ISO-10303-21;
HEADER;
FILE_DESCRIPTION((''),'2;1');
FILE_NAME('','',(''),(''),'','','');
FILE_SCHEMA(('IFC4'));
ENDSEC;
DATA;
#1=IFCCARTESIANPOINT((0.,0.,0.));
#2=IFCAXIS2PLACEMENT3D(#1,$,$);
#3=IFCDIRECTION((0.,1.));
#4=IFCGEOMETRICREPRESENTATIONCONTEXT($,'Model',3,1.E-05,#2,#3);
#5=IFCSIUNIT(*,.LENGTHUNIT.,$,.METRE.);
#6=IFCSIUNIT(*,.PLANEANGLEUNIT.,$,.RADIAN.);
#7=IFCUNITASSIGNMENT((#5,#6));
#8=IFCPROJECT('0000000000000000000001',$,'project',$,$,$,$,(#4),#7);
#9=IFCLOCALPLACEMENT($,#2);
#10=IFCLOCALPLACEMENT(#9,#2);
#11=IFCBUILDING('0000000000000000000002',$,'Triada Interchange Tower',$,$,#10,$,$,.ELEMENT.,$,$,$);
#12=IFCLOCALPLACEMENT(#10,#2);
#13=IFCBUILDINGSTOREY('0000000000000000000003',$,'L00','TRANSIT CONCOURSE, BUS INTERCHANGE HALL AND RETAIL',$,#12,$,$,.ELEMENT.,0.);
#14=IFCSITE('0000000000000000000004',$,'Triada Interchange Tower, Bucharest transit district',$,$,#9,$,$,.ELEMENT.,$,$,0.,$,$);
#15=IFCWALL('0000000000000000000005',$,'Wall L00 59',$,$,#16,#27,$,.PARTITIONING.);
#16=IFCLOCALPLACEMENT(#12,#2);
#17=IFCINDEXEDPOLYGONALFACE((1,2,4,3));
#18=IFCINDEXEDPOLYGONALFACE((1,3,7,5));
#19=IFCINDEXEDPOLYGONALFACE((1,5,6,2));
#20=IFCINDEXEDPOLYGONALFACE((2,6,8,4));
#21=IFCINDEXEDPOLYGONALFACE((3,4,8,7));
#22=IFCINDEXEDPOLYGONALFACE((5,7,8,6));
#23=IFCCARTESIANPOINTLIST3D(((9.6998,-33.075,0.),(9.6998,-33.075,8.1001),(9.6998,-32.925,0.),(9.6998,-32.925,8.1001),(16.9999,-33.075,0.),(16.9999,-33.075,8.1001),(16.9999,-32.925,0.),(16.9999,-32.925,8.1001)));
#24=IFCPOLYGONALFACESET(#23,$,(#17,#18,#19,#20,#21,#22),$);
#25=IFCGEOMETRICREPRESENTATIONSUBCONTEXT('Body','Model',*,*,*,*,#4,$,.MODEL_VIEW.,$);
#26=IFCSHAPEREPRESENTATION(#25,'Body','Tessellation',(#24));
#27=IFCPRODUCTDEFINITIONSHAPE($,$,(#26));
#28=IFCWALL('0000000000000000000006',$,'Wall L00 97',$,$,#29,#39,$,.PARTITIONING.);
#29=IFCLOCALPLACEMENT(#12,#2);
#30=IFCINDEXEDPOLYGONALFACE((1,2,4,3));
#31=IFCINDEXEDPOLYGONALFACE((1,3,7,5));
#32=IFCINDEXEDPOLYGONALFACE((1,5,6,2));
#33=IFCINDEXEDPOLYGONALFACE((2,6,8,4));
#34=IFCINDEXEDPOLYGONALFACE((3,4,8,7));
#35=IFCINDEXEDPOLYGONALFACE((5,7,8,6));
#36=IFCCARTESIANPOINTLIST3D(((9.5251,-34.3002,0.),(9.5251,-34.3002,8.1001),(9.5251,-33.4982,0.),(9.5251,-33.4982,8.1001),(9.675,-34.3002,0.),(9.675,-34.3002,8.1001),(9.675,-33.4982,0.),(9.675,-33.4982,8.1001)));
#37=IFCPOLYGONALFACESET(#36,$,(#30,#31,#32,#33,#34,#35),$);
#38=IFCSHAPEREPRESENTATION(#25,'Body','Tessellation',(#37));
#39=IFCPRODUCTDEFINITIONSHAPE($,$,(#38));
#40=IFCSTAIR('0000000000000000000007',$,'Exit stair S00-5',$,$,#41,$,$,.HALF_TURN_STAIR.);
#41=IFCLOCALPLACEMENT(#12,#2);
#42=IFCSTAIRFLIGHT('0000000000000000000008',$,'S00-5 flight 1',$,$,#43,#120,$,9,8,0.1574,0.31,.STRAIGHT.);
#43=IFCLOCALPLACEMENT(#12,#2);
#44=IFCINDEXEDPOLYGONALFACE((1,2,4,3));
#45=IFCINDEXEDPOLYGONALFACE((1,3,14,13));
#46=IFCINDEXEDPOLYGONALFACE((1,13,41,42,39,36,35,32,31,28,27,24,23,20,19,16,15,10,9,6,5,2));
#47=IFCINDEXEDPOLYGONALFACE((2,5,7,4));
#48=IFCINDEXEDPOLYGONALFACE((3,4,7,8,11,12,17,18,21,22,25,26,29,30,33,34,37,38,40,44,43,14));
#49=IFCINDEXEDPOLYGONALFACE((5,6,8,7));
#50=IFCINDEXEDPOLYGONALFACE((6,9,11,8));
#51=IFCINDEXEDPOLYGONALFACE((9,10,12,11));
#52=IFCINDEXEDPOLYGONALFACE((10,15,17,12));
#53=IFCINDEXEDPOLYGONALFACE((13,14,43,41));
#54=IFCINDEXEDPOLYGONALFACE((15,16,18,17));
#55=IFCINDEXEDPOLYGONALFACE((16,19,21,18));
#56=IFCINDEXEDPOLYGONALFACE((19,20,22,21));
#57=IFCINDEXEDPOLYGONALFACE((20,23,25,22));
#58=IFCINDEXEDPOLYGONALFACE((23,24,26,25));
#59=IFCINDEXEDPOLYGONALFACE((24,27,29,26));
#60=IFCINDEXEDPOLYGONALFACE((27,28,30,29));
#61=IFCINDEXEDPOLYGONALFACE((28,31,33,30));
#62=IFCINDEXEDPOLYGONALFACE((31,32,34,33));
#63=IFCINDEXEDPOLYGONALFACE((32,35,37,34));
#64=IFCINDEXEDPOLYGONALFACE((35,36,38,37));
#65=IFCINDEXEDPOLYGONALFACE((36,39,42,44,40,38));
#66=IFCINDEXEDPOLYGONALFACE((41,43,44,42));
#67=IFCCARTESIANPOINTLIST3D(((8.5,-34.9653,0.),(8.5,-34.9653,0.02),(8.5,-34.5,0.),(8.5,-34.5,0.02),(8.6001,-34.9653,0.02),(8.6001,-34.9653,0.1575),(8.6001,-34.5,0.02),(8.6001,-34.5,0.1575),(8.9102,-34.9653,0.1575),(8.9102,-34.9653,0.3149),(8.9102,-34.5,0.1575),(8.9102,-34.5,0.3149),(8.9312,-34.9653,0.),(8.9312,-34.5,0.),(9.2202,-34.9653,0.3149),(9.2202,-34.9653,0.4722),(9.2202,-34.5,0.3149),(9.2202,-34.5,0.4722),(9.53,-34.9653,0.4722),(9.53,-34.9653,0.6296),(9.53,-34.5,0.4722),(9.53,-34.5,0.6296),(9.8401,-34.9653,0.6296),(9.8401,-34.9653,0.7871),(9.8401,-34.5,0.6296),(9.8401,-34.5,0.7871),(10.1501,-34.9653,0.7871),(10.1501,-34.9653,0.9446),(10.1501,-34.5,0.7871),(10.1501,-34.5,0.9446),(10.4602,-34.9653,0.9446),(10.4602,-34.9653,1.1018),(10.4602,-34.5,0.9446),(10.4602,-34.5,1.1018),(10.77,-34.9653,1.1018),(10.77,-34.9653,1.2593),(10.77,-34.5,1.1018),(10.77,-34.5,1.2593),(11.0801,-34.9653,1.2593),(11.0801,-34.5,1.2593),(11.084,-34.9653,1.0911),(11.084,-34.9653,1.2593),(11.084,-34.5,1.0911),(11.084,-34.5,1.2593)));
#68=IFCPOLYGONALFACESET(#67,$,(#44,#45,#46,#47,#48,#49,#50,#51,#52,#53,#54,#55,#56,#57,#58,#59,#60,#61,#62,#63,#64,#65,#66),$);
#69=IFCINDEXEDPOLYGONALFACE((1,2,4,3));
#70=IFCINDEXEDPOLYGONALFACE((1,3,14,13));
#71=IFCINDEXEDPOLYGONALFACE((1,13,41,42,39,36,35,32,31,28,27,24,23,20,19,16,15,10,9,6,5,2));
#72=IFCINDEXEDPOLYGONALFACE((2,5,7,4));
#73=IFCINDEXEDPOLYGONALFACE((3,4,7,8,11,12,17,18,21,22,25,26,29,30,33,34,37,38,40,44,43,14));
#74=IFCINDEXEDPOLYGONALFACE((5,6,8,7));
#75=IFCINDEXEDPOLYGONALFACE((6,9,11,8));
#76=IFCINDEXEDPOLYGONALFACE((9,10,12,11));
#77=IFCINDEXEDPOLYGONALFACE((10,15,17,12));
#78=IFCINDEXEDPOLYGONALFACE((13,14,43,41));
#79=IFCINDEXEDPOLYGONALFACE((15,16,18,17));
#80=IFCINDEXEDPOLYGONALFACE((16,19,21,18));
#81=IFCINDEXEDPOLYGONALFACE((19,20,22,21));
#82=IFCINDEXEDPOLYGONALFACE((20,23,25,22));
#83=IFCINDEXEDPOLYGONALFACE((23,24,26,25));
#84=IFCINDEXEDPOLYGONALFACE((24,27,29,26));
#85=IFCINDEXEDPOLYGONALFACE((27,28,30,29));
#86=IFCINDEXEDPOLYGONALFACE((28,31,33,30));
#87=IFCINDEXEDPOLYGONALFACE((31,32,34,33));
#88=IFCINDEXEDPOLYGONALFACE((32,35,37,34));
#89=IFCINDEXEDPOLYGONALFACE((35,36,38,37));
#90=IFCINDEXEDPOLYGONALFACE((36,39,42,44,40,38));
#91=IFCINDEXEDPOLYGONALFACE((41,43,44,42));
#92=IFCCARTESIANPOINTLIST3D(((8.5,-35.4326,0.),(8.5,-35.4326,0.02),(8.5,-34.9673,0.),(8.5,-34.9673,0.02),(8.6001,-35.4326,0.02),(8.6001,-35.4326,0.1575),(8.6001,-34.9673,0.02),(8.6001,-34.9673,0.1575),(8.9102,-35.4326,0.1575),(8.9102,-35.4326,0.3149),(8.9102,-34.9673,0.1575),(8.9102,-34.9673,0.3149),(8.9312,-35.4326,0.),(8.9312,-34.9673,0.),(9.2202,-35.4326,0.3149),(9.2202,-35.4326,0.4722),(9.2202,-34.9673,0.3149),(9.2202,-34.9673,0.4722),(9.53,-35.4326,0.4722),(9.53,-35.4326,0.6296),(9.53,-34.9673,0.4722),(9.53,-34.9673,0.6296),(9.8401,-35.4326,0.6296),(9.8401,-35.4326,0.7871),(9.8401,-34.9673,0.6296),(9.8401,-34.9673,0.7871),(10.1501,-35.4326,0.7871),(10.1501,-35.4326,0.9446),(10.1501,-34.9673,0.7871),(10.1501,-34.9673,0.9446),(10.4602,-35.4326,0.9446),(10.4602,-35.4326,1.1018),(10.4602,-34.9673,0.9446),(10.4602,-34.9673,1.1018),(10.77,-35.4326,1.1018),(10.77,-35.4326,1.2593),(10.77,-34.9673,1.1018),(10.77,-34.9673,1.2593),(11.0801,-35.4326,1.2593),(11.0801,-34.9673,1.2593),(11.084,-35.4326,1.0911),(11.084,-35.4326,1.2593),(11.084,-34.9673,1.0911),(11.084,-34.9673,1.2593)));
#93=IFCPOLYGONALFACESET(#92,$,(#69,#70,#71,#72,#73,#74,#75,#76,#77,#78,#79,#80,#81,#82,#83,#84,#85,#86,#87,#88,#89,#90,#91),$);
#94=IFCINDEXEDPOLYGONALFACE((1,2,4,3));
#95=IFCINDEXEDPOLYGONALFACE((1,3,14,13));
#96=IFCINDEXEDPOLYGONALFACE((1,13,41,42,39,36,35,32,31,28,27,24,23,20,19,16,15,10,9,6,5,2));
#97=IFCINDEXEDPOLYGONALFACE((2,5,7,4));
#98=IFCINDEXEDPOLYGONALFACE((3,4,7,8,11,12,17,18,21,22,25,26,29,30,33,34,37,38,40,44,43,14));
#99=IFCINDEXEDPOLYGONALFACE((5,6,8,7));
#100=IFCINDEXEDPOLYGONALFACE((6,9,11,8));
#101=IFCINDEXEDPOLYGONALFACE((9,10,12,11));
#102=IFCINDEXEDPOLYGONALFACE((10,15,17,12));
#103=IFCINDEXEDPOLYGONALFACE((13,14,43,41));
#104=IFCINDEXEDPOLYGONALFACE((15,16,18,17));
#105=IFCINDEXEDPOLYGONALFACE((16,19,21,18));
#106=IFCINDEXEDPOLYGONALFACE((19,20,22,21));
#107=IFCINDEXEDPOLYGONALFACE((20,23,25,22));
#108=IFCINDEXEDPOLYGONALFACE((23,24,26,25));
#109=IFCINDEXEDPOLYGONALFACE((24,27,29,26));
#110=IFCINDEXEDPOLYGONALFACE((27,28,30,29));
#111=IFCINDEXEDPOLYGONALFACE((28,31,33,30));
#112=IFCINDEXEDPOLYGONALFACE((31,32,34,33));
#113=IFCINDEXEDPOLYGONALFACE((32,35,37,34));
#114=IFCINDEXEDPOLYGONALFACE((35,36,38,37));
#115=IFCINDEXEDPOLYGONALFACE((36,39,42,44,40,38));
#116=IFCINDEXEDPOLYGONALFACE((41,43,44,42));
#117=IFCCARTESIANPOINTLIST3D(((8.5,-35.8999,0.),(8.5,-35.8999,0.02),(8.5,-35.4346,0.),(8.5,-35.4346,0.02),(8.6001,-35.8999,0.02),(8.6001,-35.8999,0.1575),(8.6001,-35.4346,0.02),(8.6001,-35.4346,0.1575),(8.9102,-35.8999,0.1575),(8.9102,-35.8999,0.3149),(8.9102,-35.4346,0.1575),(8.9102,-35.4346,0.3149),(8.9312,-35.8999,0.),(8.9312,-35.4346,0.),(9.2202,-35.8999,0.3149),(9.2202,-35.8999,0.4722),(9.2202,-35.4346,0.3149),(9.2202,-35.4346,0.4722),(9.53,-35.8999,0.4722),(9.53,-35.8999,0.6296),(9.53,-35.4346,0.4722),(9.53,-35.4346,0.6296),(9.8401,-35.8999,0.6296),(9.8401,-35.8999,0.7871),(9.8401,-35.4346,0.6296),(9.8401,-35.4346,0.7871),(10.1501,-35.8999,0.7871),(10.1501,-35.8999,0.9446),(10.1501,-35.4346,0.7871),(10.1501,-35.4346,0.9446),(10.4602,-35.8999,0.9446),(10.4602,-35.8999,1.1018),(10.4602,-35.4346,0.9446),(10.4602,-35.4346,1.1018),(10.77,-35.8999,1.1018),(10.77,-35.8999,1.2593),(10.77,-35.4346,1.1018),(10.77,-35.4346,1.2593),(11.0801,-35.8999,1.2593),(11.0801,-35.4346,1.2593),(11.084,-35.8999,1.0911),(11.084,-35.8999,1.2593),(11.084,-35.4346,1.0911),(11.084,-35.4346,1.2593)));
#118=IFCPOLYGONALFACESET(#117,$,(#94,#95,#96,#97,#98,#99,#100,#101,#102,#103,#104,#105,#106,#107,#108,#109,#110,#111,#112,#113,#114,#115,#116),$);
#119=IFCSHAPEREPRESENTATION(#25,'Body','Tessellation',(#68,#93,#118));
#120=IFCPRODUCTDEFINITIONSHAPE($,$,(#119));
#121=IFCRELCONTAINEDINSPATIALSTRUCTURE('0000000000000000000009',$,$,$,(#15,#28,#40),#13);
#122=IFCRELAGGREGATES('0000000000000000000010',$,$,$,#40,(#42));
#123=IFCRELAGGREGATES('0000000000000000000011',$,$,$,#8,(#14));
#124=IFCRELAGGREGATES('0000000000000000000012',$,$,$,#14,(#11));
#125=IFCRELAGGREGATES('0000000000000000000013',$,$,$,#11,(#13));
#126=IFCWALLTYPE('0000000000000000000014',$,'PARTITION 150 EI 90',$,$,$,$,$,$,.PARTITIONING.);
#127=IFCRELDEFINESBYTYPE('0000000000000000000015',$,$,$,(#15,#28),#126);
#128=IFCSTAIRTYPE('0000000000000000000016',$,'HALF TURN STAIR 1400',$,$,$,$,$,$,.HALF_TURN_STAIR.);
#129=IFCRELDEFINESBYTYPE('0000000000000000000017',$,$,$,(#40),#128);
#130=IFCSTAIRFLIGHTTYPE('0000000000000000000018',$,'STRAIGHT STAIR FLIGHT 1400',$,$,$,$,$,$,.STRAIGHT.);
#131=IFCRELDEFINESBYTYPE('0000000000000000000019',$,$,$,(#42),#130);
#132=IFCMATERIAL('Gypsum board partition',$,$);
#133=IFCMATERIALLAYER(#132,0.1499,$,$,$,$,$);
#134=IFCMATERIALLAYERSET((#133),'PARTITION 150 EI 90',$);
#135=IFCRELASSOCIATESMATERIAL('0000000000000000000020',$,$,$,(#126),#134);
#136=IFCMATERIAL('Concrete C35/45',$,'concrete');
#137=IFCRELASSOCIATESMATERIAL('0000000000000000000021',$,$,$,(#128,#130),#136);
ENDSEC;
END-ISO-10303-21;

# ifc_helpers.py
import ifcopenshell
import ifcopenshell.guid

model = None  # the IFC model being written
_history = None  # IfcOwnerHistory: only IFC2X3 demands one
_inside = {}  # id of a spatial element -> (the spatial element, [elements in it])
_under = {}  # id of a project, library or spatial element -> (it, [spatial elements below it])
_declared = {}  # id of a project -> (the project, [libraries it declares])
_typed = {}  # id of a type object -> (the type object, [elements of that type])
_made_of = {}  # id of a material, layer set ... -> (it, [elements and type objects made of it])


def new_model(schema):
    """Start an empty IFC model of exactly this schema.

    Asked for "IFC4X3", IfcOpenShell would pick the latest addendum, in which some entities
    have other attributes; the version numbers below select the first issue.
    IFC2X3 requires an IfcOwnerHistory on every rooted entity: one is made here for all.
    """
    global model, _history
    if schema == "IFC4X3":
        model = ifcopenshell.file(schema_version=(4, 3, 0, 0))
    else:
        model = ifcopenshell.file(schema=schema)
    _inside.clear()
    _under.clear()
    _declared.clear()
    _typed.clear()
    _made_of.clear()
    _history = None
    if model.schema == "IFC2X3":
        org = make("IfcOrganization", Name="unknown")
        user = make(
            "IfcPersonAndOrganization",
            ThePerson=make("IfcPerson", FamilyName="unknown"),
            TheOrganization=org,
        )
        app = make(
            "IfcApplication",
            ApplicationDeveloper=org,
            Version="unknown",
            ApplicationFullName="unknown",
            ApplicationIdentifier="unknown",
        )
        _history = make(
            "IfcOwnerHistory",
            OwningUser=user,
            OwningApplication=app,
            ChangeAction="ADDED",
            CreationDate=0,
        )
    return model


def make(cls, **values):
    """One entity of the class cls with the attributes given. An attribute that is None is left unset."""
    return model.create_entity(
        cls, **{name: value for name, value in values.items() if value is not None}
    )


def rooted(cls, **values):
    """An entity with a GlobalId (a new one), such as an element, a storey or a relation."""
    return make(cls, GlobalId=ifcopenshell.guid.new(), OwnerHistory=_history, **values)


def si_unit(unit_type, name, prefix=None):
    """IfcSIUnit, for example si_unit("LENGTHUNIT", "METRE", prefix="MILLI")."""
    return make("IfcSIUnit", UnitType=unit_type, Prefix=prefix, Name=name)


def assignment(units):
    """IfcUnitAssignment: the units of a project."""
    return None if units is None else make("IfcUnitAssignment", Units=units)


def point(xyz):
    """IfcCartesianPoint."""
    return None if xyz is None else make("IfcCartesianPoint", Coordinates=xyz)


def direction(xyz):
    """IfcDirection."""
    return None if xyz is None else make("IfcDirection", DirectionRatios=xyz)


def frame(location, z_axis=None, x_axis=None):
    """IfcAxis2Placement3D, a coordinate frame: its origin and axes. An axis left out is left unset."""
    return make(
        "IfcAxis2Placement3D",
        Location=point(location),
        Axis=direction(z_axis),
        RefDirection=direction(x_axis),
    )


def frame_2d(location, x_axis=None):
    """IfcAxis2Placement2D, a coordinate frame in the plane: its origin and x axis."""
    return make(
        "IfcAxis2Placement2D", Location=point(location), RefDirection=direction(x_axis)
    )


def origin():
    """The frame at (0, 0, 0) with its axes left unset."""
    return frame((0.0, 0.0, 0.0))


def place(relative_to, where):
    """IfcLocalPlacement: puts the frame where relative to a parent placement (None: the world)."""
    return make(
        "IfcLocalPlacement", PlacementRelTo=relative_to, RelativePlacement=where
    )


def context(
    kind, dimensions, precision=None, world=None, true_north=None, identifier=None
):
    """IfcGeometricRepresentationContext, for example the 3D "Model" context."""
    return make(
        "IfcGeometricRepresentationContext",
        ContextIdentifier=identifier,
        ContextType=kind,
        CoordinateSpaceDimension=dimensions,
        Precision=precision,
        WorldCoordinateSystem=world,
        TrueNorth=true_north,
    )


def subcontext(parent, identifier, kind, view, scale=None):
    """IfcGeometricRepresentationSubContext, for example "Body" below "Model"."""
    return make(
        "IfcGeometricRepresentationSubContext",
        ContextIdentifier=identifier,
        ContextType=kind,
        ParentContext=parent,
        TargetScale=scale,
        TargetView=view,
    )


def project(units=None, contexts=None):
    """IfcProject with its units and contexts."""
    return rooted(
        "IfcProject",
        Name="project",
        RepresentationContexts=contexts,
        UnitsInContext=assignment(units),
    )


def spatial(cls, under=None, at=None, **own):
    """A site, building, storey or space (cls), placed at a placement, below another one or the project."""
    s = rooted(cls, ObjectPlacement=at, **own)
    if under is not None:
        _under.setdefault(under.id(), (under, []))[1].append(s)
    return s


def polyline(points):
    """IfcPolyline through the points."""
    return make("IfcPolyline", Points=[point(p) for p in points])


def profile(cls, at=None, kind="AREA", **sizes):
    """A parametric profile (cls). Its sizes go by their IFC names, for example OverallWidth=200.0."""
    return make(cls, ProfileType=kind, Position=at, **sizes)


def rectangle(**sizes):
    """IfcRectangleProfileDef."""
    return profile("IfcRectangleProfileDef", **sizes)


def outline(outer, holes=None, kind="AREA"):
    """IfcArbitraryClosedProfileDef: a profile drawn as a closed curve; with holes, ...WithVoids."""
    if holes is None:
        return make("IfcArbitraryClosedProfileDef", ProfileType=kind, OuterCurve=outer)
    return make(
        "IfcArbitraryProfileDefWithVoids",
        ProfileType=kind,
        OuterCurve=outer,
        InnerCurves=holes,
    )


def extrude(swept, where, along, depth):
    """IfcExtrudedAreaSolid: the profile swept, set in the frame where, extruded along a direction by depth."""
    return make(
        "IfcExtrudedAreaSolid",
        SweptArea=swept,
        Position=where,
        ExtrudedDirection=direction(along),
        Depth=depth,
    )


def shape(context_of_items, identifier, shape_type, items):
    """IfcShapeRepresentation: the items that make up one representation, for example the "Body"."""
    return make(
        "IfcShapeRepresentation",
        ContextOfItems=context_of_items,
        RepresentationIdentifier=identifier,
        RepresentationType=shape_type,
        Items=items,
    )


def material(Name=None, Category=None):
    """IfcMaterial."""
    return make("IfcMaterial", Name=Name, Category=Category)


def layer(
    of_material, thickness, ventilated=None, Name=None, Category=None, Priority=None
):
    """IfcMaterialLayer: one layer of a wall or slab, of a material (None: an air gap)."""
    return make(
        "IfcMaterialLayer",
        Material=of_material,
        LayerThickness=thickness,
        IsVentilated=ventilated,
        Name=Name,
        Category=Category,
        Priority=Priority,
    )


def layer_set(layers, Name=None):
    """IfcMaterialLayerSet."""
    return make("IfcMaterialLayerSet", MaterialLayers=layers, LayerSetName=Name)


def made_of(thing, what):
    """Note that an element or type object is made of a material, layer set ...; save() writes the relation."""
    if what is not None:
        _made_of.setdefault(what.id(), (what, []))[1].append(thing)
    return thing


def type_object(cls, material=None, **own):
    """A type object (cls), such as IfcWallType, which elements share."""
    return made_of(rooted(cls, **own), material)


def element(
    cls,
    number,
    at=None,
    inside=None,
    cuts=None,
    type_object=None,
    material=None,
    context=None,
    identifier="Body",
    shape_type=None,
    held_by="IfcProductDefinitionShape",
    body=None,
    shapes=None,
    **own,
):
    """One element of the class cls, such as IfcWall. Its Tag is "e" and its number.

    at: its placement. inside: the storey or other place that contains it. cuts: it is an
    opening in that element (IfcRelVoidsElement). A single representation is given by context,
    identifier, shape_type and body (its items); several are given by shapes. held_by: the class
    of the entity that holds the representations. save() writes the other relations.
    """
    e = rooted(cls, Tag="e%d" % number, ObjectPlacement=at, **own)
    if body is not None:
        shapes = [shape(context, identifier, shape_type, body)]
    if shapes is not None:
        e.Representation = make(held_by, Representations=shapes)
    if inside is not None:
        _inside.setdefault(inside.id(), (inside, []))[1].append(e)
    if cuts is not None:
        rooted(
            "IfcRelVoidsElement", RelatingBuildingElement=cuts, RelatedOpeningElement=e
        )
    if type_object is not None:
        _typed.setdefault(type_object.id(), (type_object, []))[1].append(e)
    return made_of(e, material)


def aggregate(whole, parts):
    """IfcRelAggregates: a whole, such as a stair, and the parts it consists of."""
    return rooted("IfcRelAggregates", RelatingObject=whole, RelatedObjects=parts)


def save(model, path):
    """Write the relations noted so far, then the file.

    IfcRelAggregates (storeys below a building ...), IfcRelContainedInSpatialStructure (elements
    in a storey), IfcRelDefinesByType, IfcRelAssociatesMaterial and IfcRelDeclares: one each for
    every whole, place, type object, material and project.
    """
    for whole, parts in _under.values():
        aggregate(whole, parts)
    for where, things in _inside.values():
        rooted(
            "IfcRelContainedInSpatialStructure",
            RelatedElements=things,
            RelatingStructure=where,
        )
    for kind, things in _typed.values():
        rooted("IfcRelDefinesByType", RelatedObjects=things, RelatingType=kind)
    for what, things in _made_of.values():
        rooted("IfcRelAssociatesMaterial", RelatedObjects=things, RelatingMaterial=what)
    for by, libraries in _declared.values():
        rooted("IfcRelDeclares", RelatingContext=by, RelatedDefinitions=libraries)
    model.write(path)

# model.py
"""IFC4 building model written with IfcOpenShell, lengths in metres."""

from ifc_helpers import new_model, si_unit, direction, frame, frame_2d, origin, place, context, subcontext, project, spatial, polyline, rectangle, outline, extrude, material, layer, layer_set, type_object, element, aggregate, save


model = new_model("IFC4")

# Units and contexts
model_context = context("Model", 3, precision=1e-05, world=origin(), true_north=direction((0.0, 1.0)))
body_context = subcontext(model_context, "Body", "Model", "MODEL_VIEW")
ifc_project = project(units=[si_unit("LENGTHUNIT", "METRE"), si_unit("PLANEANGLEUNIT", "RADIAN")], contexts=[model_context])

# Site, building, storey
site_placement = place(None, origin())
site = spatial("IfcSite", under=ifc_project, at=site_placement, Name="Triada Interchange Tower, Bucharest transit district", CompositionType="ELEMENT", RefElevation=0.0)
building_placement = place(site_placement, origin())
building = spatial("IfcBuilding", under=site, at=building_placement, Name="Triada Interchange Tower", CompositionType="ELEMENT")
storey_placement = place(building_placement, origin())
storey = spatial("IfcBuildingStorey", under=building, at=storey_placement, Name="L00", Description="TRANSIT CONCOURSE, BUS INTERCHANGE HALL AND RETAIL", CompositionType="ELEMENT", Elevation=0.0)

# Shared definitions
ifc_material_1 = material(Name="Concrete C35/45", Category="concrete")

# Shared definitions
ifc_material_2 = material(Name="Gypsum board partition")

# Walls
ifc_layer_1 = layer(ifc_material_2, 0.1499)
ifc_layer_set_1 = layer_set([ifc_layer_1], Name="PARTITION 150 EI 90")
wall_type_1 = type_object("IfcWallType", Name="PARTITION 150 EI 90", PredefinedType="PARTITIONING", material=ifc_layer_set_1)
wall_1_placement = place(storey_placement, frame((9.7, -33.0, 0.0), z_axis=(0.0, 0.0, 1.0), x_axis=(1.0, 0.0, 0.0)))
element("IfcWall", 1, at=wall_1_placement, inside=storey, type_object=wall_type_1, Name="Wall L00 59", PredefinedType="PARTITIONING", context=body_context, shape_type="SweptSolid", body=[
    extrude(rectangle(XDim=7.3, YDim=0.1499, at=frame_2d((3.6499, 0.0))), origin(), (0.0, 0.0, 1.0), 8.1001),
])
wall_2_placement = place(storey_placement, frame((9.6001, -34.3, 0.0), z_axis=(0.0, 0.0, 1.0), x_axis=(0.0, 1.0, 0.0)))
element("IfcWall", 2, at=wall_2_placement, inside=storey, type_object=wall_type_1, Name="Wall L00 97", PredefinedType="PARTITIONING", context=body_context, shape_type="SweptSolid", body=[
    extrude(rectangle(XDim=0.802, YDim=0.1499, at=frame_2d((0.4009, 0.0))), origin(), (0.0, 0.0, 1.0), 8.1001),
])

# Stair, stair flight
stair_type = type_object("IfcStairType", Name="HALF TURN STAIR 1400", PredefinedType="HALF_TURN_STAIR", material=ifc_material_1)
stair_1_placement = place(storey_placement, origin())
stair_1 = element("IfcStair", 3, at=stair_1_placement, inside=storey, type_object=stair_type, Name="Exit stair S00-5", PredefinedType="HALF_TURN_STAIR")
stair_flight_type = type_object("IfcStairFlightType", Name="STRAIGHT STAIR FLIGHT 1400", PredefinedType="STRAIGHT", material=ifc_material_1)
stair_flight_1_placement = place(storey_placement, frame((8.6001, -35.2, 0.0), z_axis=(0.0, 0.0, 1.0), x_axis=(1.0, 0.0, 0.0)))
stair_flight_1 = element("IfcStairFlight", 4, at=stair_flight_1_placement, type_object=stair_flight_type, Name="S00-5 flight 1", NumberOfRisers=9, NumberOfTreads=8, PredefinedType="STRAIGHT", RiserHeight=0.1574, TreadLength=0.31, context=body_context, shape_type="SweptSolid", body=[
    extrude(outline(polyline([(-0.1001, 0.0), (-0.1001, 0.02), (0.0, 0.02), (0.0, 0.1575), (0.3101, 0.1575), (0.3101, 0.3149), (0.6201, 0.3149), (0.6201, 0.4722), (0.9299, 0.4722), (0.9299, 0.6296), (1.24, 0.6296), (1.24, 0.7871), (1.55, 0.7871), (1.55, 0.9446), (1.8601, 0.9446), (1.8601, 1.1018), (2.1699, 1.1018), (2.1699, 1.2593), (2.48, 1.2593), (2.4839, 1.2593), (2.4839, 1.4167), (2.4839, 1.0911), (0.3311, 0.0), (-0.1001, 0.0)])), frame((0.0, 0.7, 0.0), z_axis=(0.0, -1.0, 0.0), x_axis=(1.0, 0.0, 0.0)), (0.0, 0.0, 1.0), 0.4653),
    extrude(outline(polyline([(-0.1001, 0.0), (-0.1001, 0.02), (0.0, 0.02), (0.0, 0.1575), (0.3101, 0.1575), (0.3101, 0.3149), (0.6201, 0.3149), (0.6201, 0.4722), (0.9299, 0.4722), (0.9299, 0.6296), (1.24, 0.6296), (1.24, 0.7871), (1.55, 0.7871), (1.55, 0.9446), (1.8601, 0.9446), (1.8601, 1.1018), (2.1699, 1.1018), (2.1699, 1.2593), (2.48, 1.2593), (2.4839, 1.2593), (2.4839, 1.4167), (2.4839, 1.0911), (0.3311, 0.0), (-0.1001, 0.0)])), frame((0.0, 0.2327, 0.0), z_axis=(0.0, -1.0, 0.0), x_axis=(1.0, 0.0, 0.0)), (0.0, 0.0, 1.0), 0.4653),
    extrude(outline(polyline([(-0.1001, 0.0), (-0.1001, 0.02), (0.0, 0.02), (0.0, 0.1575), (0.3101, 0.1575), (0.3101, 0.3149), (0.6201, 0.3149), (0.6201, 0.4722), (0.9299, 0.4722), (0.9299, 0.6296), (1.24, 0.6296), (1.24, 0.7871), (1.55, 0.7871), (1.55, 0.9446), (1.8601, 0.9446), (1.8601, 1.1018), (2.1699, 1.1018), (2.1699, 1.2593), (2.48, 1.2593), (2.4839, 1.2593), (2.4839, 1.4167), (2.4839, 1.0911), (0.3311, 0.0), (-0.1001, 0.0)])), frame((0.0, -0.2346, 0.0), z_axis=(0.0, -1.0, 0.0), x_axis=(1.0, 0.0, 0.0)), (0.0, 0.0, 1.0), 0.4653),
])
aggregate(stair_1, [stair_flight_1])

save(model, "model.ifc")
